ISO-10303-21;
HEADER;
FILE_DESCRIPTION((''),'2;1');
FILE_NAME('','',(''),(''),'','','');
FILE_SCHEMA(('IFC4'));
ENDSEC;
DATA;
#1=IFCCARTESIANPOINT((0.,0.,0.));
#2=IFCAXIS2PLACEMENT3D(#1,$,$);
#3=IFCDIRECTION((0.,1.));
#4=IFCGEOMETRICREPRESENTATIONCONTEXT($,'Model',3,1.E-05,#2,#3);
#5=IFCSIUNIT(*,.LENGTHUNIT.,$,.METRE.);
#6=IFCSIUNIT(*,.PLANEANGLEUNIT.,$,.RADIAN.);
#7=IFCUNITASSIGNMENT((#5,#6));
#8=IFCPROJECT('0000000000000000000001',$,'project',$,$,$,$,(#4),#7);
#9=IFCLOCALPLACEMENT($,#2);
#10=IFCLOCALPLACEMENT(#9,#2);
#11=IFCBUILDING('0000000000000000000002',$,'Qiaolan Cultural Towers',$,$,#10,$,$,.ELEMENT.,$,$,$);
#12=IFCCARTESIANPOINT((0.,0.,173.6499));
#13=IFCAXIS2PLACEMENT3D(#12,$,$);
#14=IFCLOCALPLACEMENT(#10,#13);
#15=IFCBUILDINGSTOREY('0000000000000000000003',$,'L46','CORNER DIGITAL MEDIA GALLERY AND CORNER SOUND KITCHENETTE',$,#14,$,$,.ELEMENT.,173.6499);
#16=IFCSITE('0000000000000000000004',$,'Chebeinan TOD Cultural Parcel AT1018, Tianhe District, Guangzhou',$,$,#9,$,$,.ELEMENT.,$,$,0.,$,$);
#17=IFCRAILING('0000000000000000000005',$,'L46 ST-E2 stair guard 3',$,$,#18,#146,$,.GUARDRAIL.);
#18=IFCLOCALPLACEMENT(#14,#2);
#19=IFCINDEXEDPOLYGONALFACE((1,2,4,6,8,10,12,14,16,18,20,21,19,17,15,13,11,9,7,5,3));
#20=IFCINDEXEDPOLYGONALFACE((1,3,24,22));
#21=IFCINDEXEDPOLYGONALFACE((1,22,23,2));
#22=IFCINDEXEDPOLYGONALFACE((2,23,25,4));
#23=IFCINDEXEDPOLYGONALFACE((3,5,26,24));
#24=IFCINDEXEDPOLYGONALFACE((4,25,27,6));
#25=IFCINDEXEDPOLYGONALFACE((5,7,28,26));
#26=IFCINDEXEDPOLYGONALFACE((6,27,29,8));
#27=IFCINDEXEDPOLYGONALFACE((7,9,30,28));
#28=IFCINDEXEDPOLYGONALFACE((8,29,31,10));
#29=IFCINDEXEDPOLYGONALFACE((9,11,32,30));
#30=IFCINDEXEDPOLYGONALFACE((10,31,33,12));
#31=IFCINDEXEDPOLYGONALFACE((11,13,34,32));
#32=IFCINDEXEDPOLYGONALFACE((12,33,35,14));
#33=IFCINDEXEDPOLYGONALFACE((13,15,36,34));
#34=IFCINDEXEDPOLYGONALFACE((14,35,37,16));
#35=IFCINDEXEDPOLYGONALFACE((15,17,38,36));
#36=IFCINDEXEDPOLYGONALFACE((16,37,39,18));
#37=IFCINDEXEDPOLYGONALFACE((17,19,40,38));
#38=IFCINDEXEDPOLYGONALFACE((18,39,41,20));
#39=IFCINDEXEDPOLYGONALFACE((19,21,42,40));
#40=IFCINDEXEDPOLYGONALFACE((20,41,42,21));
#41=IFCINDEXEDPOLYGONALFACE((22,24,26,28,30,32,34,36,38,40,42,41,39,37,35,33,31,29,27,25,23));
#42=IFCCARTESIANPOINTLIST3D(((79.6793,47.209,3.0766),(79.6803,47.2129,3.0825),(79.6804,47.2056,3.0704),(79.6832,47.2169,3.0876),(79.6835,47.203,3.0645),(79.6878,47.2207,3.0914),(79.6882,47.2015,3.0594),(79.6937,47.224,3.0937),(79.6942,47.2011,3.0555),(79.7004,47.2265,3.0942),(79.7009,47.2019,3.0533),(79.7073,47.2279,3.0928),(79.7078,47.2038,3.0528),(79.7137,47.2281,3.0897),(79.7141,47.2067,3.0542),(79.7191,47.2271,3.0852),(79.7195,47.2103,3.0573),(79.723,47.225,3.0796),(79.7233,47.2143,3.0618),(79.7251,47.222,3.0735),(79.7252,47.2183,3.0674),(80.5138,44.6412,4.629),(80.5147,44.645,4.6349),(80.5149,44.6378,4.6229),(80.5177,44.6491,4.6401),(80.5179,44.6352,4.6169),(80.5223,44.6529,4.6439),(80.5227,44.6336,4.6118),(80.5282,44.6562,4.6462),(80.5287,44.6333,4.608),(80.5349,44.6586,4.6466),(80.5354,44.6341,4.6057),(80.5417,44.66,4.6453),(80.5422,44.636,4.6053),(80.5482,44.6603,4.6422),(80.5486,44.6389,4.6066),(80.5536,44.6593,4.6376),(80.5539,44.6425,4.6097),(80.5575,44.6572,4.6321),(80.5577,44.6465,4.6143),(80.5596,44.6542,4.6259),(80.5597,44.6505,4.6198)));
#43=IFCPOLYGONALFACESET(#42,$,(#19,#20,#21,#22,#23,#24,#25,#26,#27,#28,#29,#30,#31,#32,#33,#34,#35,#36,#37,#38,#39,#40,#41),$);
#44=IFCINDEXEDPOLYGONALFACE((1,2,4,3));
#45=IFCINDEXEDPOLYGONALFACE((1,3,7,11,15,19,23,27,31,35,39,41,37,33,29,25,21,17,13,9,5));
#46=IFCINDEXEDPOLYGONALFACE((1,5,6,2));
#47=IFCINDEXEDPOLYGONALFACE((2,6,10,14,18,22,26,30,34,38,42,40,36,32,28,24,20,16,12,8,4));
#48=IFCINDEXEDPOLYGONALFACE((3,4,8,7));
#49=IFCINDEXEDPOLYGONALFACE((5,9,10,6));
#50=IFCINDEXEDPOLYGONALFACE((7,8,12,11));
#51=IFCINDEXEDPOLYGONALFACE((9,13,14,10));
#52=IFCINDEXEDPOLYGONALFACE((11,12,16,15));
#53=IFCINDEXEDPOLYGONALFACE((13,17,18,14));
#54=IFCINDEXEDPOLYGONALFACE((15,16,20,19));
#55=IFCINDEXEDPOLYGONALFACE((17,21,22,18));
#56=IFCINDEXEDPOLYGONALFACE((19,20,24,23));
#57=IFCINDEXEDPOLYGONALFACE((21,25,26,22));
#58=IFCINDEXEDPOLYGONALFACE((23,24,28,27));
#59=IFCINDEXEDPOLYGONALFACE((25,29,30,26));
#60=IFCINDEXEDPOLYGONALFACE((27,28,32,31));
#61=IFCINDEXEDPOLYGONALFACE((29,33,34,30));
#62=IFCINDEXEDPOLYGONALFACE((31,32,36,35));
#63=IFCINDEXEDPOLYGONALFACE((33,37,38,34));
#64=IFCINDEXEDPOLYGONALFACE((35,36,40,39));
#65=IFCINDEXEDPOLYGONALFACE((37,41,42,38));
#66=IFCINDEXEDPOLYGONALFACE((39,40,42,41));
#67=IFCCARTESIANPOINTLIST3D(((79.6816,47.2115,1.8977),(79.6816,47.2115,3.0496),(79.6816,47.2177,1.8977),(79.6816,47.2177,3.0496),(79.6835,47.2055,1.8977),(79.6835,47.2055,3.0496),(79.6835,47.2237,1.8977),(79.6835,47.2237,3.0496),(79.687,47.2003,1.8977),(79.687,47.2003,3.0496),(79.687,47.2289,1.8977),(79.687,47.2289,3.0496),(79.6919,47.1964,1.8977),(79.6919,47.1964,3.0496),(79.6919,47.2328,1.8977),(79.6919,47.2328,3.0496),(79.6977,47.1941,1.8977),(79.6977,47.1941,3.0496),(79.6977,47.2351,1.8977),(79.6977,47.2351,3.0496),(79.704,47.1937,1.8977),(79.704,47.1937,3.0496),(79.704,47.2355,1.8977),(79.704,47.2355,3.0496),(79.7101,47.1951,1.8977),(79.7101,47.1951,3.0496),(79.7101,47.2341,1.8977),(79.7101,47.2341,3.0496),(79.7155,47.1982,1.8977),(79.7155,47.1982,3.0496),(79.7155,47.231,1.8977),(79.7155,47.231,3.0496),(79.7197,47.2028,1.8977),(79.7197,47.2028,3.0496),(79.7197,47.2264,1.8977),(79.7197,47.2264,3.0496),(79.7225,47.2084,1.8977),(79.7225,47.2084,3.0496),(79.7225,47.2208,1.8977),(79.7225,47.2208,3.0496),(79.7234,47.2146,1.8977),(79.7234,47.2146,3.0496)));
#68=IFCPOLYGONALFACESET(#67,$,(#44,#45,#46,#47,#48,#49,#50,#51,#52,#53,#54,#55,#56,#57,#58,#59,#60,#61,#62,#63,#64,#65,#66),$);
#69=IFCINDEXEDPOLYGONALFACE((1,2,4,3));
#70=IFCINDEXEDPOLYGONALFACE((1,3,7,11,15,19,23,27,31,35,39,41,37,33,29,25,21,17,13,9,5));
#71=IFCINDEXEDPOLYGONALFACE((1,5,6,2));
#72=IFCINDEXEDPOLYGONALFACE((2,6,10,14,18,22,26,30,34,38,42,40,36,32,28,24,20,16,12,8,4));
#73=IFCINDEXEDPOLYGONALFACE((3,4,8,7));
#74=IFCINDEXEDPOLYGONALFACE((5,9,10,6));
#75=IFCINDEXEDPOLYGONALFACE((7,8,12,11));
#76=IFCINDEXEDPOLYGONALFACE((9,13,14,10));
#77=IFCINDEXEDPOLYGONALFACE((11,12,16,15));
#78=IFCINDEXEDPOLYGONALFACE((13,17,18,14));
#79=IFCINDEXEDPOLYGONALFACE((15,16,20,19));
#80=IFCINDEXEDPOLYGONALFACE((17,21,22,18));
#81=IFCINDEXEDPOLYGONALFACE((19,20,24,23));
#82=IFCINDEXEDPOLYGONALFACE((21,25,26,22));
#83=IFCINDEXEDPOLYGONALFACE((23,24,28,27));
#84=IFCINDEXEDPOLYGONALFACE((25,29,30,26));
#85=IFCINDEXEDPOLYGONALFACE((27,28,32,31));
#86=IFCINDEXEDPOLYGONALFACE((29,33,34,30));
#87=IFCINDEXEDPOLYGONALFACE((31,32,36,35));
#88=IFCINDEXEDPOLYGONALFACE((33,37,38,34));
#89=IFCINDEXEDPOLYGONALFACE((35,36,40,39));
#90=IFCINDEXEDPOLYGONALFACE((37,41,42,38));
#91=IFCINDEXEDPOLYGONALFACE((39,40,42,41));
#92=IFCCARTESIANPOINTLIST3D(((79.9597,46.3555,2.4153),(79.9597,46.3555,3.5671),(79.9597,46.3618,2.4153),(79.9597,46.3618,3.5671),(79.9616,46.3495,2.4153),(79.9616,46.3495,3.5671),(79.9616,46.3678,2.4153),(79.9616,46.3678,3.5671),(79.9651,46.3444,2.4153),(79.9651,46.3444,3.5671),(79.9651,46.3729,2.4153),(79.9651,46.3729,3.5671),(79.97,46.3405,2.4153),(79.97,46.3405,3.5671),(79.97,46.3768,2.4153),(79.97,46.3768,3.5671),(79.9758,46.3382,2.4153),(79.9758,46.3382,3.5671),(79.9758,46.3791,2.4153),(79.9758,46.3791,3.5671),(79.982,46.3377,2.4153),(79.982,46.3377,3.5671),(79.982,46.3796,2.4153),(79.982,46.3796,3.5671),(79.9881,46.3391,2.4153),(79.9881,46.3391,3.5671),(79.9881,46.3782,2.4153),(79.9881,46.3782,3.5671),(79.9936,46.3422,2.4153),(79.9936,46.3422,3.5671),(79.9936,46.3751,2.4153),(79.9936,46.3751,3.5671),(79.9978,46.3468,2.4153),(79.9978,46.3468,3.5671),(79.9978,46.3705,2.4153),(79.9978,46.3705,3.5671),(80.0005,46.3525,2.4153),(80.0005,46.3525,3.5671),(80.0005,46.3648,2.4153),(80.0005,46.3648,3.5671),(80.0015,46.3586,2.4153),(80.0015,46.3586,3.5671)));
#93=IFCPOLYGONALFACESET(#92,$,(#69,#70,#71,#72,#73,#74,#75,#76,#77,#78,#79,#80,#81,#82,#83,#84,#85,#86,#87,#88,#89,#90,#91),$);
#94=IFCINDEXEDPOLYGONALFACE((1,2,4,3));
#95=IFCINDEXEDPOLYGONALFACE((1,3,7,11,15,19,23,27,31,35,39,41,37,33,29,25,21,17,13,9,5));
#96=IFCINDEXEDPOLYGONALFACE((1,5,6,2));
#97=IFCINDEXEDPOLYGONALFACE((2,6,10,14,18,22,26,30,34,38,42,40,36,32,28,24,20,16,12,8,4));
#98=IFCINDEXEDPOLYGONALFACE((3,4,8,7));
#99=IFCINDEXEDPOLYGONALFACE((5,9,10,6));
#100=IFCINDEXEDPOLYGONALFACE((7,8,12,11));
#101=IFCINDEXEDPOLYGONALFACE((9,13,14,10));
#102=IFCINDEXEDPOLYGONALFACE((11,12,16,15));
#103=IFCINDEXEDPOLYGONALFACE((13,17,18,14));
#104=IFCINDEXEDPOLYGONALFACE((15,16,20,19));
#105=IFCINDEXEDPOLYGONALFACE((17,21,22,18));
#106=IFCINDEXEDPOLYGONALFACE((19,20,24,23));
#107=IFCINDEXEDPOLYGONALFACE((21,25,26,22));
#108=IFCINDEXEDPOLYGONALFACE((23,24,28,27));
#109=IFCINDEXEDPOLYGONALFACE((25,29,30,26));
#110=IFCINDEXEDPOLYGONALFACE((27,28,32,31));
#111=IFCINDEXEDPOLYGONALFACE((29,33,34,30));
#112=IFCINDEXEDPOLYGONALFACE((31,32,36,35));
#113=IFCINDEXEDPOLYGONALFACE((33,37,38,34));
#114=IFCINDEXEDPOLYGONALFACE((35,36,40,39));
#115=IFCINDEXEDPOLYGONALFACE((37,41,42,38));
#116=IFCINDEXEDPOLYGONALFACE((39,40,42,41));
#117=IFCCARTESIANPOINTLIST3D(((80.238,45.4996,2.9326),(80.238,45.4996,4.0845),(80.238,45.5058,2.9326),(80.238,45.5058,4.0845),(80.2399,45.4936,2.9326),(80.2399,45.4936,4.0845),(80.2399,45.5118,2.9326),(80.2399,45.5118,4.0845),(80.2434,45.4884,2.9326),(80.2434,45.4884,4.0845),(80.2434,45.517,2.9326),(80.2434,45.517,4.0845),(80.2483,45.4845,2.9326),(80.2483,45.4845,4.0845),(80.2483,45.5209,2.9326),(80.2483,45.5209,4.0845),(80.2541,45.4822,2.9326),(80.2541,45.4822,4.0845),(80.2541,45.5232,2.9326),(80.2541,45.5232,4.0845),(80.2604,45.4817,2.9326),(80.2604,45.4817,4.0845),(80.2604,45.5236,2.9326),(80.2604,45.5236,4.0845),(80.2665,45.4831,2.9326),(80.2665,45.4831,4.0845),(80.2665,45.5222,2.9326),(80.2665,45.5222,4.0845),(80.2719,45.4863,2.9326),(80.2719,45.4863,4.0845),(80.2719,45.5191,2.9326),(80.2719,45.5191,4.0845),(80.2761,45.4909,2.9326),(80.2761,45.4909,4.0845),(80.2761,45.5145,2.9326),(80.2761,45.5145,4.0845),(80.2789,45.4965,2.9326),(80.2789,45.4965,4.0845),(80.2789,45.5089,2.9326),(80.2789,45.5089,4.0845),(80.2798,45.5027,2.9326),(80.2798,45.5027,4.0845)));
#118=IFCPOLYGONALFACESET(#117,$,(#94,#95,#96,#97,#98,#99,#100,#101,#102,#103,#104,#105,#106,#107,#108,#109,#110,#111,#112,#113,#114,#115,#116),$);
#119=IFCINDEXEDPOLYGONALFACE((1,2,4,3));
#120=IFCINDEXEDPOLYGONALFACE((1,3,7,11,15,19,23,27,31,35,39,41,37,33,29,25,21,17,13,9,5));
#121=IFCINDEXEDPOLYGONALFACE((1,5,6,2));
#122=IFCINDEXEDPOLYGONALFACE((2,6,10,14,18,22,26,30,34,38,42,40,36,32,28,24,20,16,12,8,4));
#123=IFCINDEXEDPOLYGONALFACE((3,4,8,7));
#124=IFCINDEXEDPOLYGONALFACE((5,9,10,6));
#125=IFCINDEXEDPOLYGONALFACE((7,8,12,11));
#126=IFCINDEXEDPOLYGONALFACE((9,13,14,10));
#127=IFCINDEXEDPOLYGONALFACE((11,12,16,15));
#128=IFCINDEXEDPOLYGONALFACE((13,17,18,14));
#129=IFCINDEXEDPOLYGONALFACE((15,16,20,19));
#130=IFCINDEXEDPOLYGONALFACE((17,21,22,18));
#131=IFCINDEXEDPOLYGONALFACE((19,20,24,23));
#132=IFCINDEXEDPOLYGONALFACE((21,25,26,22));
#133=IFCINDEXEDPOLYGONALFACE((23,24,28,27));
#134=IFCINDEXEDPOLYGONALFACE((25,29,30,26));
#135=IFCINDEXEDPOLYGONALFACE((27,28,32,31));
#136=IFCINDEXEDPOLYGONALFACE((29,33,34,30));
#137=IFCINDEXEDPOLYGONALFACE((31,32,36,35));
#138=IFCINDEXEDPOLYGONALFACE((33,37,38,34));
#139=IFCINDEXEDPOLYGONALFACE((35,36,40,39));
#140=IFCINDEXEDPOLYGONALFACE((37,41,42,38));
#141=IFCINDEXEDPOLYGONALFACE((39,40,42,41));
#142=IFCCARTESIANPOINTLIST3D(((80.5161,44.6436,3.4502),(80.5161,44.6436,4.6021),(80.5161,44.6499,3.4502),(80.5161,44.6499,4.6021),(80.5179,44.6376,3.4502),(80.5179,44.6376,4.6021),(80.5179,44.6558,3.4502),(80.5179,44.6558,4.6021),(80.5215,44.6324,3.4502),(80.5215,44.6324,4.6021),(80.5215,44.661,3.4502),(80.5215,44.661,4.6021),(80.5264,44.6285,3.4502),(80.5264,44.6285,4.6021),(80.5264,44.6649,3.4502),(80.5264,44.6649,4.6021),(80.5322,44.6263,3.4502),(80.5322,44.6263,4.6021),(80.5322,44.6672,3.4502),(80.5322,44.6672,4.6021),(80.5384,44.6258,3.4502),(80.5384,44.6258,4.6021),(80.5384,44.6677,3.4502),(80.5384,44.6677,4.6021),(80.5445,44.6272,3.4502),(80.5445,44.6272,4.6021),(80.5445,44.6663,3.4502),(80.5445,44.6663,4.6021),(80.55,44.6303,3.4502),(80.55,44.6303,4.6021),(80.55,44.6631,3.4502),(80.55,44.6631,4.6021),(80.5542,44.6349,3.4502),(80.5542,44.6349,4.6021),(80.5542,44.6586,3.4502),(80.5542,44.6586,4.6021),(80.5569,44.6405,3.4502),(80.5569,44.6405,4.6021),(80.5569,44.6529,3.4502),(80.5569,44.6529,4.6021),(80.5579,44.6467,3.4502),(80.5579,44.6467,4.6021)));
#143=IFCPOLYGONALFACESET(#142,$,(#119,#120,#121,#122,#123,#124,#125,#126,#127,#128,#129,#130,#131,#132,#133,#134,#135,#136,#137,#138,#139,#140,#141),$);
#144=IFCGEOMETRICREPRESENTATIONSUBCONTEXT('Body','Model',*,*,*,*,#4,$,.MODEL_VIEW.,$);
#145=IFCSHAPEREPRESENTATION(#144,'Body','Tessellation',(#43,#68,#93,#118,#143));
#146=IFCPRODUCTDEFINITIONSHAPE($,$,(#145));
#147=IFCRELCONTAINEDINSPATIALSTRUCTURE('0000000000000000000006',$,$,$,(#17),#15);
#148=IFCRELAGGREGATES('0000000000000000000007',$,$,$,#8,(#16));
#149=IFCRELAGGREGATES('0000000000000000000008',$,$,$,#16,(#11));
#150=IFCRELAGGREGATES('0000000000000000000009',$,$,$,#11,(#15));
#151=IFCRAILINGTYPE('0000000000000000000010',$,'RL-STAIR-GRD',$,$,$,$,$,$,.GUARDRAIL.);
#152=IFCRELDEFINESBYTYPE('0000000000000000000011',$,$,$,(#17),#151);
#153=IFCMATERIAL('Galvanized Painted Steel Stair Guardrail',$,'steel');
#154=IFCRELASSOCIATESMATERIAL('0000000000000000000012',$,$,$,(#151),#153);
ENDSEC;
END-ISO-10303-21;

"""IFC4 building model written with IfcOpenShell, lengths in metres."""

from ifc_helpers import new_model, si_unit, direction, frame, origin, origin_2d, place, context, subcontext, project, spatial, circle, extrude, material, type_object, element, save


model = new_model("IFC4")

# Units and contexts
model_context = context("Model", 3, precision=1e-05, world=origin(), true_north=direction((0.0, 1.0)))
body_context = subcontext(model_context, "Body", "Model", "MODEL_VIEW")
ifc_project = project(units=[si_unit("LENGTHUNIT", "METRE"), si_unit("PLANEANGLEUNIT", "RADIAN")], contexts=[model_context])

# Site, building, storey
site_placement = place(None, origin())
site = spatial("IfcSite", under=ifc_project, at=site_placement, Name="Chebeinan TOD Cultural Parcel AT1018, Tianhe District, Guangzhou", CompositionType="ELEMENT", RefElevation=0.0)
building_placement = place(site_placement, origin())
building = spatial("IfcBuilding", under=site, at=building_placement, Name="Qiaolan Cultural Towers", CompositionType="ELEMENT")
storey_placement = place(building_placement, frame((0.0, 0.0, 173.6499)))
storey = spatial("IfcBuildingStorey", under=building, at=storey_placement, Name="L46", Description="CORNER DIGITAL MEDIA GALLERY AND CORNER SOUND KITCHENETTE", CompositionType="ELEMENT", Elevation=173.6499)

# Railing
ifc_material_1 = material(Name="Galvanized Painted Steel Stair Guardrail", Category="steel")
railing_type_1 = type_object("IfcRailingType", Name="RL-STAIR-GRD", PredefinedType="GUARDRAIL", material=ifc_material_1)
railing_1_placement = place(storey_placement, frame((79.7024, 47.2146, 1.8977)))
element("IfcRailing", 1, at=railing_1_placement, inside=storey, type_object=railing_type_1, Name="L46 ST-E2 stair guard 3", PredefinedType="GUARDRAIL", context=body_context, shape_type="SweptSolid", body=[
    extrude(circle(Radius=0.0239, at=origin_2d()), frame((0.0, 0.0, 1.1758), z_axis=(0.267926, -0.824471, 0.498461), x_axis=(0.951043, 0.309057, 0.0)), (0.0, 0.0, 1.0), 3.1145),
    extrude(circle(Radius=0.021, at=origin_2d()), origin(), (0.0, 0.0, 1.0), 1.1519),
    extrude(circle(Radius=0.021, at=origin_2d()), frame((0.2781, -0.856, 0.5176)), (0.0, 0.0, 1.0), 1.1519),
    extrude(circle(Radius=0.021, at=origin_2d()), frame((0.5564, -1.7119, 1.0349)), (0.0, 0.0, 1.0), 1.1519),
    extrude(circle(Radius=0.021, at=origin_2d()), frame((0.8345, -2.5679, 1.5525)), (0.0, 0.0, 1.0), 1.1519),
])

save(model, "model.ifc")
